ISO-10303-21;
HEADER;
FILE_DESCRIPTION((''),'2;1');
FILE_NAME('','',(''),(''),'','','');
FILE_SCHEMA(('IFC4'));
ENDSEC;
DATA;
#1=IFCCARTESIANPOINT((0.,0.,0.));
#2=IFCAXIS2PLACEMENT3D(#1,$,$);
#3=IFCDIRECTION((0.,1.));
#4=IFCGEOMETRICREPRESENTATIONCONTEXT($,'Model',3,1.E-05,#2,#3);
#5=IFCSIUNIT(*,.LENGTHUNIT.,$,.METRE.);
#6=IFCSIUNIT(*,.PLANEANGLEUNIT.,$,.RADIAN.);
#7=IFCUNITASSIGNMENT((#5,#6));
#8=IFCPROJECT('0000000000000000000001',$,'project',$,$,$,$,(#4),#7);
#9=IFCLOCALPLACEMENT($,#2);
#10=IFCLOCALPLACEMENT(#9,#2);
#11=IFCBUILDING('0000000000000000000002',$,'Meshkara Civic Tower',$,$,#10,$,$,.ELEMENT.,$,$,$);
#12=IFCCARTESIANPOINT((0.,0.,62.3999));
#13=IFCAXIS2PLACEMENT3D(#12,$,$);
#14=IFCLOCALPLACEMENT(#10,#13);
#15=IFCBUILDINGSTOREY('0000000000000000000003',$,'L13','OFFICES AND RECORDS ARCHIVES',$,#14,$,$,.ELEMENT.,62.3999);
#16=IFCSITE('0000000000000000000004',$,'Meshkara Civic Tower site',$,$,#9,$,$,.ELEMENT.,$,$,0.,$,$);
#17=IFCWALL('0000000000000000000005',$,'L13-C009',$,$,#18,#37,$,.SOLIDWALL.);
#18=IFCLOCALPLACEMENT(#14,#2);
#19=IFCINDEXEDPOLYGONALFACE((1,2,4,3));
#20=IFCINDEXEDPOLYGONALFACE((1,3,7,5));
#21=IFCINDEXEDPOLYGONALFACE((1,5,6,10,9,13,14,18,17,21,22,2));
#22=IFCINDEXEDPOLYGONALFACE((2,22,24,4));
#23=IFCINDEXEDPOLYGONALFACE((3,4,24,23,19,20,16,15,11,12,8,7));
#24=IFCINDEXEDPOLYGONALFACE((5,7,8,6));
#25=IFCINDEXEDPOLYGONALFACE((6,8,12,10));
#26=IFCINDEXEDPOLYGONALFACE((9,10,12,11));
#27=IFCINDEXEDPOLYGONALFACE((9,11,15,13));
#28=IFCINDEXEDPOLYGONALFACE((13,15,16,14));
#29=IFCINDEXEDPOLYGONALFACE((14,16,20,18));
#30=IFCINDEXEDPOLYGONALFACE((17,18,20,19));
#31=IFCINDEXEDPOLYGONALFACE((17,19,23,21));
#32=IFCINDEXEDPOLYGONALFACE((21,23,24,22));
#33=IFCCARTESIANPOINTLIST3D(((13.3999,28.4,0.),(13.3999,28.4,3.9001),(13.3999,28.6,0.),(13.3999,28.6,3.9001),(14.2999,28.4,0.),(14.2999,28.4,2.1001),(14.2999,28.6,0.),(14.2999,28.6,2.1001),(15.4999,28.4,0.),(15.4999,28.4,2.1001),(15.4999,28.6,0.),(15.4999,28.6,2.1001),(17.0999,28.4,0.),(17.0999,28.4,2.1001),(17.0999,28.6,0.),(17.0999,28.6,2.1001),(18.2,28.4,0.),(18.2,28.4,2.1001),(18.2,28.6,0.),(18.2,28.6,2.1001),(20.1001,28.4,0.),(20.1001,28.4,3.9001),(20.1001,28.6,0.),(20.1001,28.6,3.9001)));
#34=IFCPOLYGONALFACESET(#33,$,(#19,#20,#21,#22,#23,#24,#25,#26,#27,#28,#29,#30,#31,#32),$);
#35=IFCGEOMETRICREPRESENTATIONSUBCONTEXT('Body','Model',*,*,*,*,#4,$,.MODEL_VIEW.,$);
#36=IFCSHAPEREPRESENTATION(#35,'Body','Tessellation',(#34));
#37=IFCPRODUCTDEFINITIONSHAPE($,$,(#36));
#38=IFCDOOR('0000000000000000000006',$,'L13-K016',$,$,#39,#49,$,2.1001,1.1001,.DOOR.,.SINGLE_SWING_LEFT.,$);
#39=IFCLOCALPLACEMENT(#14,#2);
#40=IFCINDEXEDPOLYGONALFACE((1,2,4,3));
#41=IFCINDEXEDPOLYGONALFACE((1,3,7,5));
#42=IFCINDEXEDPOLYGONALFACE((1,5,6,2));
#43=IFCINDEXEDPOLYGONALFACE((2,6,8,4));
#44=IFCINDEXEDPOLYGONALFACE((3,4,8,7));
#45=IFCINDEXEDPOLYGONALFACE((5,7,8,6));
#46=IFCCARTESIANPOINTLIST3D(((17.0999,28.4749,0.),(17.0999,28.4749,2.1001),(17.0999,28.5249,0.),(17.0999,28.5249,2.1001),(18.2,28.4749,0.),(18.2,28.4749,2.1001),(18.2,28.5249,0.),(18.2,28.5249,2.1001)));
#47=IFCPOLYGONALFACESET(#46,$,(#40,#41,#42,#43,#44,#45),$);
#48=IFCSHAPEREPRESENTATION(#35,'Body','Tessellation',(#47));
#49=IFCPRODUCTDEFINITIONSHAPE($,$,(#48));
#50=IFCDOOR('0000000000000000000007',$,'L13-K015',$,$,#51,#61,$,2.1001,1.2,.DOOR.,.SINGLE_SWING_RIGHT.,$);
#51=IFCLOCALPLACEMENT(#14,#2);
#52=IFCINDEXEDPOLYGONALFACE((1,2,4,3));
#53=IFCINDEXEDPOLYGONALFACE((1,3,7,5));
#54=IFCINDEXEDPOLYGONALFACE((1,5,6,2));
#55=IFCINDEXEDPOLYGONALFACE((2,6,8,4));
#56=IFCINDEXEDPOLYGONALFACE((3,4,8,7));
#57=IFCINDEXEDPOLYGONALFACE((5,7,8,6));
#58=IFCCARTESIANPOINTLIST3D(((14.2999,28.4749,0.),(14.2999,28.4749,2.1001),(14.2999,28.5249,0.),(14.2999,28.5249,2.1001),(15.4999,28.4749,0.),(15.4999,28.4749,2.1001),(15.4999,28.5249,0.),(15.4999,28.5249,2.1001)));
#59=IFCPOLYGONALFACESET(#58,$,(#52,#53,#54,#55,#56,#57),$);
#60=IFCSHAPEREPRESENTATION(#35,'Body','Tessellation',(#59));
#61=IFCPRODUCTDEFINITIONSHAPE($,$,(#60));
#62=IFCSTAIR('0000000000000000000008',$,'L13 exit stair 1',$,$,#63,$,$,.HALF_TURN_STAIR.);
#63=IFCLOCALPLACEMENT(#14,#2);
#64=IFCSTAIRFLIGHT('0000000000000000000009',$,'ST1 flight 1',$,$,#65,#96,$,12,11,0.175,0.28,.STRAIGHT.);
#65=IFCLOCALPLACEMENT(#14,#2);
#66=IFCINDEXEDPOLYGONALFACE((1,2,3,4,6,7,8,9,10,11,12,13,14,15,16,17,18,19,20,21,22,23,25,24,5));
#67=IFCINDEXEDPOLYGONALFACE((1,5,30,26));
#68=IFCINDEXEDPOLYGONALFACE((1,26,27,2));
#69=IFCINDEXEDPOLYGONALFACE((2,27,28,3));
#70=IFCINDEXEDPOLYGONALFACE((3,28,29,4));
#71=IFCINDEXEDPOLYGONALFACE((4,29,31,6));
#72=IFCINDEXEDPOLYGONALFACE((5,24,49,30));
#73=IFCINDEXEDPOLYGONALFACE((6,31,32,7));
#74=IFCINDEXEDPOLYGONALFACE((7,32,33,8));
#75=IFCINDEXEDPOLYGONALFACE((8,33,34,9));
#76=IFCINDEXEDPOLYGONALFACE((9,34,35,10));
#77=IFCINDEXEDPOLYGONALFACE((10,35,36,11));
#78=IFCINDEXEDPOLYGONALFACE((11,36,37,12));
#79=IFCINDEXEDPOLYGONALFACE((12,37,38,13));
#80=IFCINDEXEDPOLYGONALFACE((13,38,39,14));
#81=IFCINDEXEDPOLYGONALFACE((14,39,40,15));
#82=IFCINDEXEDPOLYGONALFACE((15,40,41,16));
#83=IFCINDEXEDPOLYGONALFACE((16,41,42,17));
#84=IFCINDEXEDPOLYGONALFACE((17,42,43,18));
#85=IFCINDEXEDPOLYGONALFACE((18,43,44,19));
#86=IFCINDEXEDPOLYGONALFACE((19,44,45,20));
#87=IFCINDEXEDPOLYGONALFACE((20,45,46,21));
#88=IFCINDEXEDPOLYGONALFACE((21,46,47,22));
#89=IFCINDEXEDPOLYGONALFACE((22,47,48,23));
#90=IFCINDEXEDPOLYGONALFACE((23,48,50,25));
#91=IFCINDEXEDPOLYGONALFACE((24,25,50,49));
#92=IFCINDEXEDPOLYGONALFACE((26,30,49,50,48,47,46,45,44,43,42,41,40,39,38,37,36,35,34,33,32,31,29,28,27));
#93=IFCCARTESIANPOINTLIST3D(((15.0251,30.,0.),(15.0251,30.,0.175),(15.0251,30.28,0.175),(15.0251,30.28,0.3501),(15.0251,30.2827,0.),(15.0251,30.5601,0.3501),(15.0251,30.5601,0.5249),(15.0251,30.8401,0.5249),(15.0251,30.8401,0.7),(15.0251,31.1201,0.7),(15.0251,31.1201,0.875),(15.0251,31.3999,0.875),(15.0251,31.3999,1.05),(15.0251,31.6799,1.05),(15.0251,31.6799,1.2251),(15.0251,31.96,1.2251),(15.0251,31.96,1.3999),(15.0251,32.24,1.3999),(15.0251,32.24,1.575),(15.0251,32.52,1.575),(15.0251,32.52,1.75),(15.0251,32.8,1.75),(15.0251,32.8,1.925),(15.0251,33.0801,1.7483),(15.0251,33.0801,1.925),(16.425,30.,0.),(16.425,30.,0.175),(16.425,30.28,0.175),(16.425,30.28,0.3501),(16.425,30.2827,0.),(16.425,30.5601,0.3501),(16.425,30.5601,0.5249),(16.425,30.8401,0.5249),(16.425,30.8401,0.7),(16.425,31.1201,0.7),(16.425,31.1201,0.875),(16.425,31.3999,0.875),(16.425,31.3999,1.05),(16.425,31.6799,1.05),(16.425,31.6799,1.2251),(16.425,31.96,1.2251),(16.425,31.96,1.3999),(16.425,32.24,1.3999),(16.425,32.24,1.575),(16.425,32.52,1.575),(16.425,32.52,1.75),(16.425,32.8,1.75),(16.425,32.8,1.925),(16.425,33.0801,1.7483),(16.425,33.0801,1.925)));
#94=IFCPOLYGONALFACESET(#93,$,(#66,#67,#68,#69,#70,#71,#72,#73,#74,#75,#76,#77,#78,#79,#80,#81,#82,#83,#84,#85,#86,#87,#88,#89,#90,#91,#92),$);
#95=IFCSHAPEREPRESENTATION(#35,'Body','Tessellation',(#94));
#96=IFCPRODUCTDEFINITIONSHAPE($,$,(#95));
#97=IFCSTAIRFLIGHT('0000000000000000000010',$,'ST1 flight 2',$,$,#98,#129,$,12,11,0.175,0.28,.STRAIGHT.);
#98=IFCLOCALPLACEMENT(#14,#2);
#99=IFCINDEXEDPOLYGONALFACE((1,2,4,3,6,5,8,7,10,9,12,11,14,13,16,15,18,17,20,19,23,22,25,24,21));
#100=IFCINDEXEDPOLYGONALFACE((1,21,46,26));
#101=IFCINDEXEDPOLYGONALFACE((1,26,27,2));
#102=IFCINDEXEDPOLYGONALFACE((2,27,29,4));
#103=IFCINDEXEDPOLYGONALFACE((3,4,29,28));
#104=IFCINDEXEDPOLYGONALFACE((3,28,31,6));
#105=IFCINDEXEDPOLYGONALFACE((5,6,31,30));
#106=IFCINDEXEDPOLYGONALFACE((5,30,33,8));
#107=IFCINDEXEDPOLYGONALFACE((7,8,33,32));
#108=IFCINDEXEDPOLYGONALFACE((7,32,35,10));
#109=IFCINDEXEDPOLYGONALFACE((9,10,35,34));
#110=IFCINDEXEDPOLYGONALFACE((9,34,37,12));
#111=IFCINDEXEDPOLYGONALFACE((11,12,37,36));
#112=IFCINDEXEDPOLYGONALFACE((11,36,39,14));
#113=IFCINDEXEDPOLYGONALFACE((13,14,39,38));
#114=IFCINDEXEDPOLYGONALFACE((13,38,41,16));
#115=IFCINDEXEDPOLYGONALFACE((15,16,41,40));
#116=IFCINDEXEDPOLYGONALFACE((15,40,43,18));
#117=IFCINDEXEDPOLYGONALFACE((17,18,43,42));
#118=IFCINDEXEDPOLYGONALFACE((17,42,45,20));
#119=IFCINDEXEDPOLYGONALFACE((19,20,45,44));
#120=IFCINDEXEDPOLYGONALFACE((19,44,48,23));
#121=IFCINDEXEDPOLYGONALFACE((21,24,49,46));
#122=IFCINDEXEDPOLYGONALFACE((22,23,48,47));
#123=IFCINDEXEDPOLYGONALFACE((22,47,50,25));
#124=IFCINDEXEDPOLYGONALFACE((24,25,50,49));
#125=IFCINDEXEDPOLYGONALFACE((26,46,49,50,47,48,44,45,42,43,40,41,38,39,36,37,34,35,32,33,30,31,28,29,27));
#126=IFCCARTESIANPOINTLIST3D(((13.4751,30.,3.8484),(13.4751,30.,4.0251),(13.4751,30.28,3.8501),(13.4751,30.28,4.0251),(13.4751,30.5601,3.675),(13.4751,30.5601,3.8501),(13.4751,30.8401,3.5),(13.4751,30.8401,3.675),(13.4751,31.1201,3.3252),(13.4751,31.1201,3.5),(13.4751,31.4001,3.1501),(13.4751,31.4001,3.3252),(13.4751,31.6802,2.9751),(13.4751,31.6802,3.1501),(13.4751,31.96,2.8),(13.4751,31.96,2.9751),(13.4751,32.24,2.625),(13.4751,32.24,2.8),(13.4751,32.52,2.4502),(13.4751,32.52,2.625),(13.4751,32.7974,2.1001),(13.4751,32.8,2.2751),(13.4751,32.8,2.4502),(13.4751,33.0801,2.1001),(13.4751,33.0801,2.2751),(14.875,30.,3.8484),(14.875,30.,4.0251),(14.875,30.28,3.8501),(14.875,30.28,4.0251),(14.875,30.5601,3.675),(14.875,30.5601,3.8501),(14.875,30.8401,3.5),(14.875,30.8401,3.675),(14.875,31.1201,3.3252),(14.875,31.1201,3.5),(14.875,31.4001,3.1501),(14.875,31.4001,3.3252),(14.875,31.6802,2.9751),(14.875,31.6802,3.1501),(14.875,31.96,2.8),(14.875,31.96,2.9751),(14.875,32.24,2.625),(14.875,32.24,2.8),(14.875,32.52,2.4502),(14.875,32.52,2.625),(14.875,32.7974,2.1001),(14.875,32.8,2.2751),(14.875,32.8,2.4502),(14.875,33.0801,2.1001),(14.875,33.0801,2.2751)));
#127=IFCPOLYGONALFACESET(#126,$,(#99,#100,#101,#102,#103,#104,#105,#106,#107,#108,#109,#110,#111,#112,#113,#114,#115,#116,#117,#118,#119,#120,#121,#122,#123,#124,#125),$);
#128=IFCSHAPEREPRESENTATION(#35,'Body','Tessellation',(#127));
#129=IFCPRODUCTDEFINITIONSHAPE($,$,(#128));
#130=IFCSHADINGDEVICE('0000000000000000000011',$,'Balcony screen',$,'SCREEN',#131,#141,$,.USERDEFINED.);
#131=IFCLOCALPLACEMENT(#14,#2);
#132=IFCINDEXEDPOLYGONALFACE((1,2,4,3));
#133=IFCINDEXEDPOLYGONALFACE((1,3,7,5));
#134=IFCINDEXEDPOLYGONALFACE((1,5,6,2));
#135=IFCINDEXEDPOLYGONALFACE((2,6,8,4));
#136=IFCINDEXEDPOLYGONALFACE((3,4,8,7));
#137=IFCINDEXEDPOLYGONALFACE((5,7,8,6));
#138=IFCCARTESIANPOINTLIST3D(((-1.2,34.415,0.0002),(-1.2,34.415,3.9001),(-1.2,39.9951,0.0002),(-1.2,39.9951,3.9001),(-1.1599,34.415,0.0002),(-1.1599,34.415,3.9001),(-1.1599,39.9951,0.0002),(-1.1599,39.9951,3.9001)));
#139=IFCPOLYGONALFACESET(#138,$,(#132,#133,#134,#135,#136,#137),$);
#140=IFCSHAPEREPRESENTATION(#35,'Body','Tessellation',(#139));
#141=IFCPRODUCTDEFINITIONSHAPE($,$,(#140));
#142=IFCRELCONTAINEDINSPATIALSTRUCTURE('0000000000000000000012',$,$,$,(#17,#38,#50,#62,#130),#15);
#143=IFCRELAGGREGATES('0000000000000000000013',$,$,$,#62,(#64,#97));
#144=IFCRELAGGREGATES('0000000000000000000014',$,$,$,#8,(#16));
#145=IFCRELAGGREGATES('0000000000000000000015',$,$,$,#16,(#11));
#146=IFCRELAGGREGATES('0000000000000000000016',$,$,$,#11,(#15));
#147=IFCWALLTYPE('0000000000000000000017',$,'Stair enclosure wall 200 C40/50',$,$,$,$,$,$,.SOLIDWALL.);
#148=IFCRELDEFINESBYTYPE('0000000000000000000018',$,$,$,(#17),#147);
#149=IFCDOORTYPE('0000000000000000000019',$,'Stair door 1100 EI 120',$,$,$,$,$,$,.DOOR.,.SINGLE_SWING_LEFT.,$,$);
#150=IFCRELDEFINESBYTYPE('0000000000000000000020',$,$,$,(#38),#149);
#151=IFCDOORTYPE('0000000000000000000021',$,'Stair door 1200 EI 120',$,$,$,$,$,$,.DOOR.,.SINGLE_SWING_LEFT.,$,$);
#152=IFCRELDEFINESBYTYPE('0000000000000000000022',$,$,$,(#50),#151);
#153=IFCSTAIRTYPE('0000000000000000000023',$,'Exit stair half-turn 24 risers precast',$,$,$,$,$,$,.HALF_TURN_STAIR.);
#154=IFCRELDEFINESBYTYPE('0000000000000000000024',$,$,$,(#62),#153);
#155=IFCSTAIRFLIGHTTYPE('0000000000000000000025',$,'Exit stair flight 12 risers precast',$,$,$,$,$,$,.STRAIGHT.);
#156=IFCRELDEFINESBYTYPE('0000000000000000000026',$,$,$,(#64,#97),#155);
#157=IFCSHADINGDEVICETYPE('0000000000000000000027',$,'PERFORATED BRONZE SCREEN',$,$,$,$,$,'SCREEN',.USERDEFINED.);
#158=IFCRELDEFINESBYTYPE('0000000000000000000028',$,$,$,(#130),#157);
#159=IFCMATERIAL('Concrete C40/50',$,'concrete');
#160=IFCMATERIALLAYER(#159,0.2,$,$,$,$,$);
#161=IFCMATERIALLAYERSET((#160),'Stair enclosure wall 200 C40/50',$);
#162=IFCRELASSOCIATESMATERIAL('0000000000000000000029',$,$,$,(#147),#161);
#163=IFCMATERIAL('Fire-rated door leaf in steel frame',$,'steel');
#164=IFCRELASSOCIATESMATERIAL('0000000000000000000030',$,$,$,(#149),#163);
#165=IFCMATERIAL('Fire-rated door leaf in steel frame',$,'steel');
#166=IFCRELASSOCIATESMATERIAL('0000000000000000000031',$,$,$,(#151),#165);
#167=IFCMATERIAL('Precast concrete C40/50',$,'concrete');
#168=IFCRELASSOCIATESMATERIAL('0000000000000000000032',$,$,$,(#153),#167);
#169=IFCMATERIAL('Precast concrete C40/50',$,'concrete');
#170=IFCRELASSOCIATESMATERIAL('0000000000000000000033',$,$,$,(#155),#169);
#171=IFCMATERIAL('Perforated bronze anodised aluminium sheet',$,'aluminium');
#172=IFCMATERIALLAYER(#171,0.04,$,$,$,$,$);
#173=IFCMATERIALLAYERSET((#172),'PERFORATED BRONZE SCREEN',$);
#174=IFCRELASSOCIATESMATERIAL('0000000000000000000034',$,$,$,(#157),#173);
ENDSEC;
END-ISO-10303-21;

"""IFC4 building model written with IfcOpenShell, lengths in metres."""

from ifc_helpers import new_model, si_unit, direction, frame, frame_2d, origin, origin_2d, place, context, subcontext, project, spatial, polyline, rectangle, outline, extrude, material, layer, layer_set, type_object, element, fill, aggregate, save


model = new_model("IFC4")

# Units and contexts
model_context = context("Model", 3, precision=1e-05, world=origin(), true_north=direction((0.0, 1.0)))
body_context = subcontext(model_context, "Body", "Model", "MODEL_VIEW")
ifc_project = project(units=[si_unit("LENGTHUNIT", "METRE"), si_unit("PLANEANGLEUNIT", "RADIAN")], contexts=[model_context])

# Site, building, storey
site_placement = place(None, origin())
site = spatial("IfcSite", under=ifc_project, at=site_placement, Name="Meshkara Civic Tower site", CompositionType="ELEMENT", RefElevation=0.0)
building_placement = place(site_placement, origin())
building = spatial("IfcBuilding", under=site, at=building_placement, Name="Meshkara Civic Tower", CompositionType="ELEMENT")
storey_placement = place(building_placement, frame((0.0, 0.0, 62.3999)))
storey = spatial("IfcBuildingStorey", under=building, at=storey_placement, Name="L13", Description="OFFICES AND RECORDS ARCHIVES", CompositionType="ELEMENT", Elevation=62.3999)

# Wall, openings, doors
ifc_material_1 = material(Name="Concrete C40/50", Category="concrete")
ifc_layer_1 = layer(ifc_material_1, 0.2)
ifc_layer_set_1 = layer_set([ifc_layer_1], Name="Stair enclosure wall 200 C40/50")
wall_type_1 = type_object("IfcWallType", Name="Stair enclosure wall 200 C40/50", PredefinedType="SOLIDWALL", material=ifc_layer_set_1)
wall_1_placement = place(storey_placement, frame((13.3999, 28.5, 0.0), z_axis=(0.0, 0.0, 1.0), x_axis=(1.0, 0.0, 0.0)))
wall_1 = element("IfcWall", 1, at=wall_1_placement, inside=storey, type_object=wall_type_1, Name="L13-C009", PredefinedType="SOLIDWALL", context=body_context, shape_type="SweptSolid", body=[
    extrude(rectangle(XDim=6.7002, YDim=0.2, at=frame_2d((3.3501, 0.0))), origin(), (0.0, 0.0, 1.0), 3.9001),
])
opening_1_placement = place(wall_1_placement, frame((0.8999, 0.0, 0.0)))
opening_1 = element("IfcOpeningElement", 2, at=opening_1_placement, cuts=wall_1, PredefinedType="OPENING", context=body_context, shape_type="SweptSolid", body=[
    extrude(rectangle(XDim=1.2, YDim=2.1001, at=frame_2d((0.6001, 1.05))), frame((0.0, 0.1099, 0.0), z_axis=(0.0, -1.0, 0.0), x_axis=(1.0, 0.0, 0.0)), (0.0, 0.0, 1.0), 0.22),
])
opening_2_placement = place(wall_1_placement, frame((3.7, 0.0, 0.0)))
opening_2 = element("IfcOpeningElement", 3, at=opening_2_placement, cuts=wall_1, PredefinedType="OPENING", context=body_context, shape_type="SweptSolid", body=[
    extrude(rectangle(XDim=1.1001, YDim=2.1001, at=frame_2d((0.55, 1.05))), frame((0.0, 0.1099, 0.0), z_axis=(0.0, -1.0, 0.0), x_axis=(1.0, 0.0, 0.0)), (0.0, 0.0, 1.0), 0.22),
])
ifc_material_2 = material(Name="Fire-rated door leaf in steel frame", Category="steel")
door_type_1 = type_object("IfcDoorType", Name="Stair door 1100 EI 120", OperationType="SINGLE_SWING_LEFT", PredefinedType="DOOR", material=ifc_material_2)
door_1_placement = place(opening_2_placement, origin())
door_1 = element("IfcDoor", 4, at=door_1_placement, inside=storey, type_object=door_type_1, Name="L13-K016", OperationType="SINGLE_SWING_LEFT", OverallHeight=2.1001, OverallWidth=1.1001, PredefinedType="DOOR", context=body_context, shape_type="SweptSolid", body=[
    extrude(rectangle(XDim=1.1001, YDim=2.1001, at=frame_2d((0.55, 1.05))), frame((0.0, 0.0249, 0.0), z_axis=(0.0, -1.0, 0.0), x_axis=(1.0, 0.0, 0.0)), (0.0, 0.0, 1.0), 0.05),
])
fill(opening_2, door_1)
ifc_material_3 = material(Name="Fire-rated door leaf in steel frame", Category="steel")
door_type_2 = type_object("IfcDoorType", Name="Stair door 1200 EI 120", OperationType="SINGLE_SWING_LEFT", PredefinedType="DOOR", material=ifc_material_3)
door_2_placement = place(opening_1_placement, origin())
door_2 = element("IfcDoor", 5, at=door_2_placement, inside=storey, type_object=door_type_2, Name="L13-K015", OperationType="SINGLE_SWING_RIGHT", OverallHeight=2.1001, OverallWidth=1.2, PredefinedType="DOOR", context=body_context, shape_type="SweptSolid", body=[
    extrude(rectangle(XDim=1.2, YDim=2.1001, at=frame_2d((0.6001, 1.05))), frame((0.0, 0.0249, 0.0), z_axis=(0.0, -1.0, 0.0), x_axis=(1.0, 0.0, 0.0)), (0.0, 0.0, 1.0), 0.05),
])
fill(opening_1, door_2)

# Stair, stair flights
ifc_material_4 = material(Name="Precast concrete C40/50", Category="concrete")
stair_type = type_object("IfcStairType", Name="Exit stair half-turn 24 risers precast", PredefinedType="HALF_TURN_STAIR", material=ifc_material_4)
stair_placement = place(storey_placement, origin())
stair = element("IfcStair", 6, at=stair_placement, inside=storey, type_object=stair_type, Name="L13 exit stair 1", PredefinedType="HALF_TURN_STAIR")
ifc_material_5 = material(Name="Precast concrete C40/50", Category="concrete")
stair_flight_type = type_object("IfcStairFlightType", Name="Exit stair flight 12 risers precast", PredefinedType="STRAIGHT", material=ifc_material_5)
stair_flight_1_placement = place(storey_placement, frame((15.7251, 30.0, 0.0), z_axis=(0.0, 0.0, 1.0), x_axis=(0.0, 1.0, 0.0)))
stair_flight_1 = element("IfcStairFlight", 7, at=stair_flight_1_placement, type_object=stair_flight_type, Name="ST1 flight 1", NumberOfRisers=12, NumberOfTreads=11, PredefinedType="STRAIGHT", RiserHeight=0.175, TreadLength=0.28, context=body_context, shape_type="SweptSolid", body=[
    extrude(outline(polyline([(0.0, 0.0), (0.0, 0.175), (0.28, 0.175), (0.28, 0.3501), (0.5601, 0.3501), (0.5601, 0.5249), (0.8401, 0.5249), (0.8401, 0.7), (1.1201, 0.7), (1.1201, 0.875), (1.3999, 0.875), (1.3999, 1.05), (1.6799, 1.05), (1.6799, 1.2251), (1.96, 1.2251), (1.96, 1.3999), (2.24, 1.3999), (2.24, 1.575), (2.52, 1.575), (2.52, 1.75), (2.8, 1.75), (2.8, 1.925), (3.0801, 1.925), (3.0801, 2.1001), (3.0801, 1.7483), (0.2827, 0.0), (0.0, 0.0)])), frame((0.0, 0.7, 0.0), z_axis=(0.0, -1.0, 0.0), x_axis=(1.0, 0.0, 0.0)), (0.0, 0.0, 1.0), 1.3999),
])
stair_flight_2_placement = place(storey_placement, frame((14.175, 33.0801, 2.1001), z_axis=(0.0, 0.0, 1.0), x_axis=(0.0, -1.0, 0.0)))
stair_flight_2 = element("IfcStairFlight", 8, at=stair_flight_2_placement, type_object=stair_flight_type, Name="ST1 flight 2", NumberOfRisers=12, NumberOfTreads=11, PredefinedType="STRAIGHT", RiserHeight=0.175, TreadLength=0.28, context=body_context, shape_type="SweptSolid", body=[
    extrude(outline(polyline([(0.0, 0.0), (0.0, 0.175), (0.28, 0.175), (0.28, 0.3501), (0.5601, 0.3501), (0.5601, 0.5249), (0.8401, 0.5249), (0.8401, 0.7), (1.1201, 0.7), (1.1201, 0.875), (1.3999, 0.875), (1.3999, 1.05), (1.6799, 1.05), (1.6799, 1.2251), (1.96, 1.2251), (1.96, 1.3999), (2.24, 1.3999), (2.24, 1.575), (2.52, 1.575), (2.52, 1.75), (2.8, 1.75), (2.8, 1.925), (3.0801, 1.925), (3.0801, 2.1001), (3.0801, 1.7483), (0.2827, 0.0), (0.0, 0.0)])), frame((0.0, 0.7, 0.0), z_axis=(0.0, -1.0, 0.0), x_axis=(1.0, 0.0, 0.0)), (0.0, 0.0, 1.0), 1.3999),
])
aggregate(stair, [stair_flight_1, stair_flight_2])

# Shading device
ifc_material_6 = material(Name="Perforated bronze anodised aluminium sheet", Category="aluminium")
ifc_layer_2 = layer(ifc_material_6, 0.04)
ifc_layer_set_2 = layer_set([ifc_layer_2], Name="PERFORATED BRONZE SCREEN")
shading_device_type = type_object("IfcShadingDeviceType", Name="PERFORATED BRONZE SCREEN", ElementType="SCREEN", PredefinedType="USERDEFINED", material=ifc_layer_set_2)
shading_device_placement = place(storey_placement, frame((-1.1799, 37.2051, 0.0002), z_axis=(0.0, 0.0, 1.0), x_axis=(0.0, -1.0, 0.0)))
element("IfcShadingDevice", 9, at=shading_device_placement, inside=storey, type_object=shading_device_type, Name="Balcony screen", ObjectType="SCREEN", PredefinedType="USERDEFINED", context=body_context, shape_type="SweptSolid", body=[
    extrude(rectangle(XDim=5.5801, YDim=0.04, at=origin_2d()), origin(), (0.0, 0.0, 1.0), 3.8999),
])

save(model, "model.ifc")
